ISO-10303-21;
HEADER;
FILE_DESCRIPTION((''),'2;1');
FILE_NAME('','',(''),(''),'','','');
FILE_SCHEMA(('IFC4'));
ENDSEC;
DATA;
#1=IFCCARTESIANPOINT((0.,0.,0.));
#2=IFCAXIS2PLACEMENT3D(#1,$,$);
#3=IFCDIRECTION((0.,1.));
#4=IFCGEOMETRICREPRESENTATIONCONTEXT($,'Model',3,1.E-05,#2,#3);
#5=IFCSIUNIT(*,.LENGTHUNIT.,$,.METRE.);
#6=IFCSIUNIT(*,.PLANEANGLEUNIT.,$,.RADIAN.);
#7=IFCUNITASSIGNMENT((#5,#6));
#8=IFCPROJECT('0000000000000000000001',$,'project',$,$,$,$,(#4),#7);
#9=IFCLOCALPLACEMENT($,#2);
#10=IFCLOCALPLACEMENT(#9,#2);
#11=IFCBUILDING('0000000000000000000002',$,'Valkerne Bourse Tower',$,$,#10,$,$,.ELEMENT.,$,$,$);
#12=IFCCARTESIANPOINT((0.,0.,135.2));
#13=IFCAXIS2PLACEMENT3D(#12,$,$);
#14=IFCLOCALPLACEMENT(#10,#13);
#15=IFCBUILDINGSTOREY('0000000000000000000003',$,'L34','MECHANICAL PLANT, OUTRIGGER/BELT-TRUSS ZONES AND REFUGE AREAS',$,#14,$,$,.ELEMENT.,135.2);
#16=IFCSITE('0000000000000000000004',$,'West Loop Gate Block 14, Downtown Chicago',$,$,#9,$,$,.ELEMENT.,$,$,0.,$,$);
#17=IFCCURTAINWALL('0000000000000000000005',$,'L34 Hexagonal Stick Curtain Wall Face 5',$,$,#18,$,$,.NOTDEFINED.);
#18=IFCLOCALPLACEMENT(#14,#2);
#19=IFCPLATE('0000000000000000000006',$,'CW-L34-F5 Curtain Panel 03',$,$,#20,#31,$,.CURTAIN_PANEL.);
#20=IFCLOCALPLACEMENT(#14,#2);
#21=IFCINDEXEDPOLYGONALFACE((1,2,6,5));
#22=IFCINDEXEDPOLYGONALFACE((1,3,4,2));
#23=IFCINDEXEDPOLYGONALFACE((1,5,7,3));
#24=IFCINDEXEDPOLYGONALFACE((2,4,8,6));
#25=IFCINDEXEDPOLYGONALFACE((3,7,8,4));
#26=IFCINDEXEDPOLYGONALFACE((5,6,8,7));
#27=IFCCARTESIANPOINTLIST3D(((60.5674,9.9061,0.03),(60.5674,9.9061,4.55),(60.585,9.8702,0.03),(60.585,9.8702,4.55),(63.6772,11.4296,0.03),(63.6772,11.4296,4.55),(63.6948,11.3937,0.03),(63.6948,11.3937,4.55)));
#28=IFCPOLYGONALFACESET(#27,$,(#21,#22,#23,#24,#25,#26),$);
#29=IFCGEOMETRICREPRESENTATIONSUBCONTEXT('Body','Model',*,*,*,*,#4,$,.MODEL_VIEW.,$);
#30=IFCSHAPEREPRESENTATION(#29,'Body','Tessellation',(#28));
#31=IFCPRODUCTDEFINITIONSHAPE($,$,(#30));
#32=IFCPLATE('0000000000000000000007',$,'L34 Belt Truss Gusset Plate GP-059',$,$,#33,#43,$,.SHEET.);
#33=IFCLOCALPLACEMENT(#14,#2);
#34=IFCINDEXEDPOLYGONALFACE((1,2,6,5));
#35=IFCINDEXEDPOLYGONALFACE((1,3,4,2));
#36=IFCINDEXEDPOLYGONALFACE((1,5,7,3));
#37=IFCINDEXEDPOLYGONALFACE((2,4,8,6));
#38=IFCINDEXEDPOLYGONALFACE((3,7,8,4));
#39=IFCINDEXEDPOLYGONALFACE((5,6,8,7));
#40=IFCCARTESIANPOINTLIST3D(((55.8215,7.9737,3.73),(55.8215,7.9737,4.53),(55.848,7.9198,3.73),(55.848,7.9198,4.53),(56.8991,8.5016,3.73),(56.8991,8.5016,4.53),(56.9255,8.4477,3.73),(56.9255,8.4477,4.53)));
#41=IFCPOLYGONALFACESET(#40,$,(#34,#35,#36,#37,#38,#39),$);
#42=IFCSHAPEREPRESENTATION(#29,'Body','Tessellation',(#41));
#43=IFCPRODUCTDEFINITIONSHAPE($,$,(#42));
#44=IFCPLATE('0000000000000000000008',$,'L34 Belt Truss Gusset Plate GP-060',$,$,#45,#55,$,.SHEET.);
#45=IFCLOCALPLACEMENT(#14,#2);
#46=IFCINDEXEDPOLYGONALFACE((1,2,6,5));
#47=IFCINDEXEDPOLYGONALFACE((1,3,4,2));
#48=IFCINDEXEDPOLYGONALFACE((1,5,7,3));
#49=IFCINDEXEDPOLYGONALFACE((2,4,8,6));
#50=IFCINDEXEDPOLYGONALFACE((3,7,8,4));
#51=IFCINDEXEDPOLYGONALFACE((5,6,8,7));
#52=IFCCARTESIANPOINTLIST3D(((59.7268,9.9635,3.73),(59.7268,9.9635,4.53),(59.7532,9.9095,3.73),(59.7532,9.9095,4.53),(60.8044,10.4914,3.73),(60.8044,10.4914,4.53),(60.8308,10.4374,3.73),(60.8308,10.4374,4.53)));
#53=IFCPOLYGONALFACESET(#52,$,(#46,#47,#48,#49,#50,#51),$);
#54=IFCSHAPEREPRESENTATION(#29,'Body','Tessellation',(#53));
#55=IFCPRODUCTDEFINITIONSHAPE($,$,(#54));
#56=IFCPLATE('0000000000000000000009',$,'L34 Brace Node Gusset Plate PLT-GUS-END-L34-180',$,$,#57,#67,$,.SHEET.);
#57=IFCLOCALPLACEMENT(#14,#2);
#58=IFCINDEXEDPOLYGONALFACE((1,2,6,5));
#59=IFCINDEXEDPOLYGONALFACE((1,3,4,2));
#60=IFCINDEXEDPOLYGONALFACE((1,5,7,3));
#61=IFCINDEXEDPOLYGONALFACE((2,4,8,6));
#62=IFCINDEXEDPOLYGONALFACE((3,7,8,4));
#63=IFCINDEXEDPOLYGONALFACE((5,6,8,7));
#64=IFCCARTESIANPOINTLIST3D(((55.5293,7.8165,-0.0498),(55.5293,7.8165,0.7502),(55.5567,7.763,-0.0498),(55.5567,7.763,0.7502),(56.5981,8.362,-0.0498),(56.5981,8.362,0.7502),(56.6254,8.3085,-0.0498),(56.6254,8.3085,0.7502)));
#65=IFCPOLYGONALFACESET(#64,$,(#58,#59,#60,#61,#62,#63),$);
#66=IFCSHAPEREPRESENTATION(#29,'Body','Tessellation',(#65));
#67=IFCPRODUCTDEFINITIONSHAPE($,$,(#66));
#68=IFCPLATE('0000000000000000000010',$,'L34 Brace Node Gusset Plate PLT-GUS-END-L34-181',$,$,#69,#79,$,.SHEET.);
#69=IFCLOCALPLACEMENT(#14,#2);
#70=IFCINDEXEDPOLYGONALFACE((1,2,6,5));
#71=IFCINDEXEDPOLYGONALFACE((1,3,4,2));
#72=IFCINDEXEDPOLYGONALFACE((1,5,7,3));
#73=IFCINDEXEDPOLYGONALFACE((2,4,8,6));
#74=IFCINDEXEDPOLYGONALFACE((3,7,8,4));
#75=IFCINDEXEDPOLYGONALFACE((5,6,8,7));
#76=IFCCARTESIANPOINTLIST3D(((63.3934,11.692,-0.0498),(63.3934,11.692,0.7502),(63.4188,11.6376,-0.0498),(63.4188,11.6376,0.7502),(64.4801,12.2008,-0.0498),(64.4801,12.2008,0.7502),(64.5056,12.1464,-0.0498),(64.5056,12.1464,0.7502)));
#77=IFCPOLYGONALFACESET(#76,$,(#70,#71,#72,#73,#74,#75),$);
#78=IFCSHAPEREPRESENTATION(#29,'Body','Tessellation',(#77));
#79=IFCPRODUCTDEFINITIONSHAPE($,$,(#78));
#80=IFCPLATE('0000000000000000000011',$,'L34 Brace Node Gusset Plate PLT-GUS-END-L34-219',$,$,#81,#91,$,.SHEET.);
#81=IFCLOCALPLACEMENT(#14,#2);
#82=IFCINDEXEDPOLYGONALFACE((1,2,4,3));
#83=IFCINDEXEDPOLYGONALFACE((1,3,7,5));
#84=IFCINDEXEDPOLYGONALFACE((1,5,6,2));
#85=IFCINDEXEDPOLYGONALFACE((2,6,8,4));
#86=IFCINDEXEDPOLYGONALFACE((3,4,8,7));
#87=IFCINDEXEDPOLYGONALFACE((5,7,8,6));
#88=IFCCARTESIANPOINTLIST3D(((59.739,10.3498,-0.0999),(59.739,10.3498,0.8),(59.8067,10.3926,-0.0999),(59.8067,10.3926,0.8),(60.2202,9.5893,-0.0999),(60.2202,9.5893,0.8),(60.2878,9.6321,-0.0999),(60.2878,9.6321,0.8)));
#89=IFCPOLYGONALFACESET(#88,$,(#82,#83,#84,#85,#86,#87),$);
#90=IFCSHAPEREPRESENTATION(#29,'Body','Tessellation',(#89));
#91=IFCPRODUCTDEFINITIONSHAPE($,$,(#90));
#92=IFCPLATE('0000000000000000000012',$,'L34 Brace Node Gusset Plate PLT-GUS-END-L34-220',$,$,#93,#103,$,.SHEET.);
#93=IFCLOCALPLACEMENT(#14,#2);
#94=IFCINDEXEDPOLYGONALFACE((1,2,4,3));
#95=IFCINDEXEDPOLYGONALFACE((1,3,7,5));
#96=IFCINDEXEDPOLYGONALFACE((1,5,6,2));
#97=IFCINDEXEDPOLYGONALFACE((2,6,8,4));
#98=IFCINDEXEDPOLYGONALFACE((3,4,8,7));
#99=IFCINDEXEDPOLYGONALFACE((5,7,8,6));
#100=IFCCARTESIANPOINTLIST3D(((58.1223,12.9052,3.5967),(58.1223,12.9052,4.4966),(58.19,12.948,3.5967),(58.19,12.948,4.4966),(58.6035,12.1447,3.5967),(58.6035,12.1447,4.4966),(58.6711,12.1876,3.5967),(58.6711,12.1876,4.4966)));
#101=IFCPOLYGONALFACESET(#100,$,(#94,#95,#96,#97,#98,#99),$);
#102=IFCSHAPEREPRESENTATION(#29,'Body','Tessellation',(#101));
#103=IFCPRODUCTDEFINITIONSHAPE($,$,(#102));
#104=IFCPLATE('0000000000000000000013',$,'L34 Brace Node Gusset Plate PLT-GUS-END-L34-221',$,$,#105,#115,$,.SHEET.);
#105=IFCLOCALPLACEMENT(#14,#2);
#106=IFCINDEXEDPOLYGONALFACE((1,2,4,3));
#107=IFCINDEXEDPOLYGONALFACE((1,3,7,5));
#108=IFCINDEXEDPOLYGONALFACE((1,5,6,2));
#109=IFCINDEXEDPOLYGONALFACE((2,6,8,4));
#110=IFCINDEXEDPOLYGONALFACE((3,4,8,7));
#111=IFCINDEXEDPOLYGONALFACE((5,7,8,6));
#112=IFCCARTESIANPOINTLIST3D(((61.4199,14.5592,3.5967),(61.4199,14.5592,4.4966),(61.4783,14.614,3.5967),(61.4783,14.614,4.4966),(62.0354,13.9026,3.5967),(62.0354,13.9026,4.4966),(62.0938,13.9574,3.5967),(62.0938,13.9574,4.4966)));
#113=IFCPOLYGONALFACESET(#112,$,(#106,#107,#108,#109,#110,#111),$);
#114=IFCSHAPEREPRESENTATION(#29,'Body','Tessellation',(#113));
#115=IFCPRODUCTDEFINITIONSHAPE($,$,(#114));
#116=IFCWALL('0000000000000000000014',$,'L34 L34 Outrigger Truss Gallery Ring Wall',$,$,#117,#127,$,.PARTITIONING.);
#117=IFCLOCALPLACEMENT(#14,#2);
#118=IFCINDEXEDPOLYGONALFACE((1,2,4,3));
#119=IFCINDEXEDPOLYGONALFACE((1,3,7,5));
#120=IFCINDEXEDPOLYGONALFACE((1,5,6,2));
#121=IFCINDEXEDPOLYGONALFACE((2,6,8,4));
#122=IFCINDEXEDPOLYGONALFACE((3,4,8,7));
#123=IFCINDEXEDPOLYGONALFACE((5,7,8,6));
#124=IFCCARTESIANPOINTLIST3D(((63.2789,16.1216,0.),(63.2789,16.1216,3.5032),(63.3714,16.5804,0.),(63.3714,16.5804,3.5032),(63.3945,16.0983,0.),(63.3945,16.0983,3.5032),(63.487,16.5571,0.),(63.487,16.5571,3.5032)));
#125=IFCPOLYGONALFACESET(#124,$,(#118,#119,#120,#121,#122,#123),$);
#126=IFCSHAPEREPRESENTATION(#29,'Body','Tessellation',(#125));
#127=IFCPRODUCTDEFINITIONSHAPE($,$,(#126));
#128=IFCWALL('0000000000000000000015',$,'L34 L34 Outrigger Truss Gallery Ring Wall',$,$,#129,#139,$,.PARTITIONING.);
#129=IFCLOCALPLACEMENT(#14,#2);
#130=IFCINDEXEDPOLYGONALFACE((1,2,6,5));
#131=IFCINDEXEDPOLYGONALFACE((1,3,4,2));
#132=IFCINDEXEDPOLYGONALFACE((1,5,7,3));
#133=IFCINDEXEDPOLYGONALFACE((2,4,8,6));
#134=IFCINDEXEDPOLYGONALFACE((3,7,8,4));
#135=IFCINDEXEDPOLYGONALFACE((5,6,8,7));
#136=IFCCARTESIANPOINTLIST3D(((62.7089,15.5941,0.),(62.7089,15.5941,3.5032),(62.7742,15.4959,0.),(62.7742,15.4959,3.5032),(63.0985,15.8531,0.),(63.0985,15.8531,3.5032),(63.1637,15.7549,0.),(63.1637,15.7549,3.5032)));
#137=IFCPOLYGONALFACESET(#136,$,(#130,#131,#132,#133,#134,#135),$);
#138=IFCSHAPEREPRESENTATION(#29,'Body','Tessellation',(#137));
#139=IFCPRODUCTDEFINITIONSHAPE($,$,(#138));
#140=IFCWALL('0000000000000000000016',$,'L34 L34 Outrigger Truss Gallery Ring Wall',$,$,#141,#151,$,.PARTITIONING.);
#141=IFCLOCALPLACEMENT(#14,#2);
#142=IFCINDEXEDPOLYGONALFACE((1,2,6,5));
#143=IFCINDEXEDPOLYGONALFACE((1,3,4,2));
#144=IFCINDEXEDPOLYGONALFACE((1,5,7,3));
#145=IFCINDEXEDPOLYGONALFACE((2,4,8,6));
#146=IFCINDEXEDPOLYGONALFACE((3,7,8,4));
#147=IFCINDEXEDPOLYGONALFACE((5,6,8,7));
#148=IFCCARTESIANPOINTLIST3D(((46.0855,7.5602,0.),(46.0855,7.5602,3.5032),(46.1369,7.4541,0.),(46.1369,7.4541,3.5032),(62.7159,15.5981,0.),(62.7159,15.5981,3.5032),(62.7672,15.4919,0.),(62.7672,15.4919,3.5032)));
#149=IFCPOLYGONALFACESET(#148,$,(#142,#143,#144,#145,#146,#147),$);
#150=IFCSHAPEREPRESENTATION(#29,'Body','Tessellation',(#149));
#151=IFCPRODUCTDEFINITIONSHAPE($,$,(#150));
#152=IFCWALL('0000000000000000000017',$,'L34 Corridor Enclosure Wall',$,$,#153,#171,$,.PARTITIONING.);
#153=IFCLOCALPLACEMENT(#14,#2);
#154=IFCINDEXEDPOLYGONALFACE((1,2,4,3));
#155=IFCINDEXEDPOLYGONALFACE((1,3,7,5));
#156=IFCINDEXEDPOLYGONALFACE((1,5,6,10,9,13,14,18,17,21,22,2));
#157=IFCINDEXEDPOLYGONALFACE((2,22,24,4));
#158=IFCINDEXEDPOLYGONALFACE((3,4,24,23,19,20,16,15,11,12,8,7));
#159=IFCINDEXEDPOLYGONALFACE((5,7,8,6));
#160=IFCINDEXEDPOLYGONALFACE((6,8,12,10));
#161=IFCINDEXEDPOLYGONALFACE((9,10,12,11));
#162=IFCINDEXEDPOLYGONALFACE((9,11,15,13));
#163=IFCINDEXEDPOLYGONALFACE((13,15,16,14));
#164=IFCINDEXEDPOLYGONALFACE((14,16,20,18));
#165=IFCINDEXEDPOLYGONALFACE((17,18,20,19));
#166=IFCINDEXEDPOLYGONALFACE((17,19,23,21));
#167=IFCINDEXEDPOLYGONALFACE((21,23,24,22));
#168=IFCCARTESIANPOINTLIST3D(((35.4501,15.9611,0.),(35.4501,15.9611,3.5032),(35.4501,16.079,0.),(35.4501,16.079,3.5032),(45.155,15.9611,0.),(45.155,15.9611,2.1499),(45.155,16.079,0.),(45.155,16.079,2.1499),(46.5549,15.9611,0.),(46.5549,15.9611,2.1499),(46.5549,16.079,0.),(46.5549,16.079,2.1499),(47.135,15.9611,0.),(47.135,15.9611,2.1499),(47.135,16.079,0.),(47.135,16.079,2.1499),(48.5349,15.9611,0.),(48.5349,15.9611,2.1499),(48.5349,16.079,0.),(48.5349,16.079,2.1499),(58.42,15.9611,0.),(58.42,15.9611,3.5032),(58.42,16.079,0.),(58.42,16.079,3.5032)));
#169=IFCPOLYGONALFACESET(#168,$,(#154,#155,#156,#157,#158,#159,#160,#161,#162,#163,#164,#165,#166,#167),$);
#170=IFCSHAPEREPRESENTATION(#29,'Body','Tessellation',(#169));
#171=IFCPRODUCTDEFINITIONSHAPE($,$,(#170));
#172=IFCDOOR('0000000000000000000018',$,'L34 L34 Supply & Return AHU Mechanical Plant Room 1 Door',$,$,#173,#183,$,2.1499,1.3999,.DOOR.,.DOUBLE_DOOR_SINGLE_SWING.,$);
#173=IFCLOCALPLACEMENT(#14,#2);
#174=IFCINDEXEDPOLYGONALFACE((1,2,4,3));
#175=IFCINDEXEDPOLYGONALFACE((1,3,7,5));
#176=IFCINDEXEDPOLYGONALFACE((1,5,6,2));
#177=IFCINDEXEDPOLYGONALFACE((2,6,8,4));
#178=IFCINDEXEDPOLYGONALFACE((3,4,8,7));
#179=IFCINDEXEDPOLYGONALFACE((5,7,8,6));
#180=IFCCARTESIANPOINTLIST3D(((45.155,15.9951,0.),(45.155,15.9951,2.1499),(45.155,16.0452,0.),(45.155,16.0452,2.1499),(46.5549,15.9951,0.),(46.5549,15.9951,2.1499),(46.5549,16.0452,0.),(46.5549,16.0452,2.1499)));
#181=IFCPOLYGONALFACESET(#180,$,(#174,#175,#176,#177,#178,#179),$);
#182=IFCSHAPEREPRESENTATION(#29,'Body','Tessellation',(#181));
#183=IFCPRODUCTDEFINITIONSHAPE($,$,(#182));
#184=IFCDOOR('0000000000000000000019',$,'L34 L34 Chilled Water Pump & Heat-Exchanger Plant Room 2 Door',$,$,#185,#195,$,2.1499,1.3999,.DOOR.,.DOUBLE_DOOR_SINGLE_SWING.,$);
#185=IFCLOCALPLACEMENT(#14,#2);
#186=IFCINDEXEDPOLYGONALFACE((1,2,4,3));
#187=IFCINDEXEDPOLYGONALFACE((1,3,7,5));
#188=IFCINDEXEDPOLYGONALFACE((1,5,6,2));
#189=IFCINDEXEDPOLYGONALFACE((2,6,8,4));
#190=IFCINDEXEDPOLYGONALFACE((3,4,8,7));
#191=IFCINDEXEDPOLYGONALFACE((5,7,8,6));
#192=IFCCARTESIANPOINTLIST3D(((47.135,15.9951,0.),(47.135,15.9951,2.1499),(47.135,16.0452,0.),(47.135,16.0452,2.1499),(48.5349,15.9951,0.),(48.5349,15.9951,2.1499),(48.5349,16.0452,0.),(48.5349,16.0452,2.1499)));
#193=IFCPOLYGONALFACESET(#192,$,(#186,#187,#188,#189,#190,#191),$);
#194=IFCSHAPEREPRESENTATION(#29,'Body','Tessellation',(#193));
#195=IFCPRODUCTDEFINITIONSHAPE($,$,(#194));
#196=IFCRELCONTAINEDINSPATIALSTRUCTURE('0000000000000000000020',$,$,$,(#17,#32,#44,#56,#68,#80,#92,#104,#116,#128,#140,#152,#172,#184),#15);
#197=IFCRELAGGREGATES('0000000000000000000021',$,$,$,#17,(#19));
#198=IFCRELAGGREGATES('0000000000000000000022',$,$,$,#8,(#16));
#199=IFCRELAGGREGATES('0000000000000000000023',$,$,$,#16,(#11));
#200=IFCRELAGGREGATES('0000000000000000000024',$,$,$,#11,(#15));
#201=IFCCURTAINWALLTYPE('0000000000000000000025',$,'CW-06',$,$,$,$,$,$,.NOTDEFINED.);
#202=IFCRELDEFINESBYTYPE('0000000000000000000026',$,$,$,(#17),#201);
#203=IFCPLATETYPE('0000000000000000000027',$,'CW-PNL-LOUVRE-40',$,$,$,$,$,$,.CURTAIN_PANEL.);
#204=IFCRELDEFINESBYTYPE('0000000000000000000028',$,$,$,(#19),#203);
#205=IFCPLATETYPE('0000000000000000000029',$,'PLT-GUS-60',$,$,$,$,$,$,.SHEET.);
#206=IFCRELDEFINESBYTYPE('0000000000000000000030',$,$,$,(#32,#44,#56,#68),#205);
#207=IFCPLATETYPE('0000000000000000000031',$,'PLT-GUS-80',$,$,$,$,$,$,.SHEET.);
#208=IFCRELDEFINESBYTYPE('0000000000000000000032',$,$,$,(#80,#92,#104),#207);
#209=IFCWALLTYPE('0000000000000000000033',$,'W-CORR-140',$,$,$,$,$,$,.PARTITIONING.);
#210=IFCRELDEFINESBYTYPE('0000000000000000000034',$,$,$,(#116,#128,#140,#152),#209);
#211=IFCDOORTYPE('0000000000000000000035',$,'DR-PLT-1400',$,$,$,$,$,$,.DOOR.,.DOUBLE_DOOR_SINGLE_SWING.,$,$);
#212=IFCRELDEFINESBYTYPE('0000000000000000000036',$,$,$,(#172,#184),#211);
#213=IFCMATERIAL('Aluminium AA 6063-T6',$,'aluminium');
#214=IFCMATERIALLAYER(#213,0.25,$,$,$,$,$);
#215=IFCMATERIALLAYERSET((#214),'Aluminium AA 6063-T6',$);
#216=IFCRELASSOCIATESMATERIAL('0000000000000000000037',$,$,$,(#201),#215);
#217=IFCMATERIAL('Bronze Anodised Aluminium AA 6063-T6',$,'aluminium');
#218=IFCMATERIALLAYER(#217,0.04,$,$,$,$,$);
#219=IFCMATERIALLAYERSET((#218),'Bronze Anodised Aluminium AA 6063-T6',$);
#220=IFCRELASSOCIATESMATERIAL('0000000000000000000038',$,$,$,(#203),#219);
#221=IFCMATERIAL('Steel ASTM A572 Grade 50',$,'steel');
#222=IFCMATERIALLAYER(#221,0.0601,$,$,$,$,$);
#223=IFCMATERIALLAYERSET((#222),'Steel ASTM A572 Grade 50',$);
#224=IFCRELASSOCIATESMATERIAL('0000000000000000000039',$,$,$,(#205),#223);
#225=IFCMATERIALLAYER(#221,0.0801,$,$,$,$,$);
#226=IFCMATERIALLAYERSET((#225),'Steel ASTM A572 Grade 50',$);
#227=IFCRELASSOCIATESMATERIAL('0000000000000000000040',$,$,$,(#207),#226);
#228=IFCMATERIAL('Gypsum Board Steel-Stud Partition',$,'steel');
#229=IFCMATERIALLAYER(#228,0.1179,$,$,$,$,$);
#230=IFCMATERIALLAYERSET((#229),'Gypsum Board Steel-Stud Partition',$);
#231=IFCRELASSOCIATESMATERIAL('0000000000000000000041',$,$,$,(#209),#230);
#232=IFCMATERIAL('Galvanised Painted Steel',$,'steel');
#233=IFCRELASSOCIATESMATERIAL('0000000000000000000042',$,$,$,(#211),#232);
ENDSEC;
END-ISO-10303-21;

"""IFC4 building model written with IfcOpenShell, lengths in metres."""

from ifc_helpers import new_model, si_unit, direction, frame, frame_2d, origin, origin_2d, place, context, subcontext, project, spatial, rectangle, extrude, material, layer, layer_set, type_object, element, fill, aggregate, save


model = new_model("IFC4")

# Units and contexts
model_context = context("Model", 3, precision=1e-05, world=origin(), true_north=direction((0.0, 1.0)))
body_context = subcontext(model_context, "Body", "Model", "MODEL_VIEW")
ifc_project = project(units=[si_unit("LENGTHUNIT", "METRE"), si_unit("PLANEANGLEUNIT", "RADIAN")], contexts=[model_context])

# Site, building, storey
site_placement = place(None, origin())
site = spatial("IfcSite", under=ifc_project, at=site_placement, Name="West Loop Gate Block 14, Downtown Chicago", CompositionType="ELEMENT", RefElevation=0.0)
building_placement = place(site_placement, origin())
building = spatial("IfcBuilding", under=site, at=building_placement, Name="Valkerne Bourse Tower", CompositionType="ELEMENT")
storey_placement = place(building_placement, frame((0.0, 0.0, 135.2)))
storey = spatial("IfcBuildingStorey", under=building, at=storey_placement, Name="L34", Description="MECHANICAL PLANT, OUTRIGGER/BELT-TRUSS ZONES AND REFUGE AREAS", CompositionType="ELEMENT", Elevation=135.2)

# Curtain wall
ifc_material_1 = material(Name="Aluminium AA 6063-T6", Category="aluminium")
ifc_layer_1 = layer(ifc_material_1, 0.25)
ifc_layer_set_1 = layer_set([ifc_layer_1], Name="Aluminium AA 6063-T6")
curtain_wall_type = type_object("IfcCurtainWallType", Name="CW-06", PredefinedType="NOTDEFINED", material=ifc_layer_set_1)
curtain_wall_1_placement = place(storey_placement, origin())
curtain_wall_1 = element("IfcCurtainWall", 1, at=curtain_wall_1_placement, inside=storey, type_object=curtain_wall_type, Name="L34 Hexagonal Stick Curtain Wall Face 5", PredefinedType="NOTDEFINED")

# Plate
ifc_material_2 = material(Name="Bronze Anodised Aluminium AA 6063-T6", Category="aluminium")
ifc_layer_2 = layer(ifc_material_2, 0.04)
ifc_layer_set_2 = layer_set([ifc_layer_2], Name="Bronze Anodised Aluminium AA 6063-T6")
plate_type_1 = type_object("IfcPlateType", Name="CW-PNL-LOUVRE-40", PredefinedType="CURTAIN_PANEL", material=ifc_layer_set_2)
plate_1_placement = place(storey_placement, frame((62.1311, 10.6499, 0.03), z_axis=(0.0, 0.0, 1.0), x_axis=(0.898021, 0.439953, 0.0)))
plate_1 = element("IfcPlate", 2, at=plate_1_placement, type_object=plate_type_1, Name="CW-L34-F5 Curtain Panel 03", PredefinedType="CURTAIN_PANEL", context=body_context, shape_type="SweptSolid", body=[
    extrude(rectangle(XDim=3.4629, YDim=0.04, at=origin_2d()), origin(), (0.0, 0.0, 1.0), 4.52),
])
aggregate(curtain_wall_1, [plate_1])

# Plates
ifc_material_3 = material(Name="Steel ASTM A572 Grade 50", Category="steel")
ifc_layer_3 = layer(ifc_material_3, 0.0601)
ifc_layer_set_3 = layer_set([ifc_layer_3], Name="Steel ASTM A572 Grade 50")
plate_type_2 = type_object("IfcPlateType", Name="PLT-GUS-60", PredefinedType="SHEET", material=ifc_layer_set_3)
for number, where, z_axis, x_axis, name in (
    (3, (56.3735, 8.2107, 3.73), (0.0, 0.0, 1.0), (0.898028, 0.439939, 0.0), "L34 Belt Truss Gusset Plate GP-059"),
    (4, (60.2788, 10.2004, 3.73), (0.0, 0.0, 1.0), (0.898028, 0.439939, 0.0), "L34 Belt Truss Gusset Plate GP-060"),
    (5, (56.0774, 8.0625, -0.0498), (0.0, 0.0, 1.0), (-0.890689, -0.454612, 0.0), "L34 Brace Node Gusset Plate PLT-GUS-END-L34-180"),
    (6, (63.9495, 11.9192, -0.0498), (0.0, 0.0, 1.0), (-0.905643, -0.424041, 0.0), "L34 Brace Node Gusset Plate PLT-GUS-END-L34-181"),
):
    element("IfcPlate", number, at=place(storey_placement, frame(where, z_axis=z_axis, x_axis=x_axis)), inside=storey, type_object=plate_type_2, Name=name, PredefinedType="SHEET", context=body_context, shape_type="SweptSolid", body=[
        extrude(rectangle(XDim=1.2, YDim=0.0601, at=origin_2d()), origin(), (0.0, 0.0, 1.0), 0.8),
    ])
ifc_layer_4 = layer(ifc_material_3, 0.0801)
ifc_layer_set_4 = layer_set([ifc_layer_4], Name="Steel ASTM A572 Grade 50")
plate_type_3 = type_object("IfcPlateType", Name="PLT-GUS-80", PredefinedType="SHEET", material=ifc_layer_set_4)
for number, where, z_axis, x_axis, name in (
    (7, (60.0134, 9.991, -0.0999), (0.0, 0.0, 1.0), (-0.534647, 0.845075, 0.0), "L34 Brace Node Gusset Plate PLT-GUS-END-L34-219"),
    (8, (58.3967, 12.5464, 3.5967), (0.0, 0.0, 1.0), (-0.534647, 0.845075, 0.0), "L34 Brace Node Gusset Plate PLT-GUS-END-L34-220"),
    (9, (61.7568, 14.2583, 3.5967), (0.0, 0.0, 1.0), (-0.683911, 0.729566, 0.0), "L34 Brace Node Gusset Plate PLT-GUS-END-L34-221"),
):
    element("IfcPlate", number, at=place(storey_placement, frame(where, z_axis=z_axis, x_axis=x_axis)), inside=storey, type_object=plate_type_3, Name=name, PredefinedType="SHEET", context=body_context, shape_type="SweptSolid", body=[
        extrude(rectangle(XDim=0.8999, YDim=0.0801, at=origin_2d()), origin(), (0.0, 0.0, 1.0), 0.8999),
    ])

# Walls
ifc_material_4 = material(Name="Gypsum Board Steel-Stud Partition", Category="steel")
ifc_layer_5 = layer(ifc_material_4, 0.1179)
ifc_layer_set_5 = layer_set([ifc_layer_5], Name="Gypsum Board Steel-Stud Partition")
wall_type_1 = type_object("IfcWallType", Name="W-CORR-140", PredefinedType="PARTITIONING", material=ifc_layer_set_5)
wall_1_placement = place(storey_placement, frame((63.4292, 16.5686, 0.0), z_axis=(0.0, 0.0, 1.0), x_axis=(-0.197721, -0.980258, 0.0)))
element("IfcWall", 10, at=wall_1_placement, inside=storey, type_object=wall_type_1, Name="L34 L34 Outrigger Truss Gallery Ring Wall", PredefinedType="PARTITIONING", context=body_context, shape_type="SweptSolid", body=[
    extrude(rectangle(XDim=0.468, YDim=0.1179, at=frame_2d((0.2339, 0.0))), origin(), (0.0, 0.0, 1.0), 3.5032),
])
wall_2_placement = place(storey_placement, frame((63.1311, 15.804, 0.0), z_axis=(0.0, 0.0, 1.0), x_axis=(-0.832772, -0.553616, 0.0)))
element("IfcWall", 11, at=wall_2_placement, inside=storey, type_object=wall_type_1, Name="L34 L34 Outrigger Truss Gallery Ring Wall", PredefinedType="PARTITIONING", context=body_context, shape_type="SweptSolid", body=[
    extrude(rectangle(XDim=0.4678, YDim=0.1179, at=frame_2d((0.2339, 0.0))), origin(), (0.0, 0.0, 1.0), 3.5032),
])
wall_3_placement = place(storey_placement, frame((62.7415, 15.5449, 0.0), z_axis=(0.0, 0.0, 1.0), x_axis=(-0.900353, -0.435161, 0.0)))
element("IfcWall", 12, at=wall_3_placement, inside=storey, type_object=wall_type_1, Name="L34 L34 Outrigger Truss Gallery Ring Wall", PredefinedType="PARTITIONING", context=body_context, shape_type="SweptSolid", body=[
    extrude(rectangle(XDim=18.4709, YDim=0.1179, at=frame_2d((9.2354, 0.0))), origin(), (0.0, 0.0, 1.0), 3.5032),
])

# Wall, openings, doors
wall_4_placement = place(storey_placement, frame((58.4199, 16.02, 0.0), z_axis=(0.0, 0.0, 1.0), x_axis=(-1.0, 0.0, 0.0)))
wall_4 = element("IfcWall", 13, at=wall_4_placement, inside=storey, type_object=wall_type_1, Name="L34 Corridor Enclosure Wall", PredefinedType="PARTITIONING", context=body_context, shape_type="SweptSolid", body=[
    extrude(rectangle(XDim=22.97, YDim=0.1179, at=frame_2d((11.4849, 0.0))), origin(), (0.0, 0.0, 1.0), 3.5032),
])
opening_1_placement = place(wall_4_placement, frame((11.865, 0.0, 0.0)))
opening_1 = element("IfcOpeningElement", 14, at=opening_1_placement, cuts=wall_4, PredefinedType="OPENING", context=body_context, shape_type="SweptSolid", body=[
    extrude(rectangle(XDim=1.3999, YDim=2.1499, at=frame_2d((0.7, 1.075))), frame((0.0, 0.0688, 0.0), z_axis=(0.0, -1.0, 0.0), x_axis=(1.0, 0.0, 0.0)), (0.0, 0.0, 1.0), 0.1379),
])
opening_2_placement = place(wall_4_placement, frame((9.885, 0.0, 0.0)))
opening_2 = element("IfcOpeningElement", 15, at=opening_2_placement, cuts=wall_4, PredefinedType="OPENING", context=body_context, shape_type="SweptSolid", body=[
    extrude(rectangle(XDim=1.3999, YDim=2.1499, at=frame_2d((0.7, 1.075))), frame((0.0, 0.0688, 0.0), z_axis=(0.0, -1.0, 0.0), x_axis=(1.0, 0.0, 0.0)), (0.0, 0.0, 1.0), 0.1379),
])
ifc_material_5 = material(Name="Galvanised Painted Steel", Category="steel")
door_type_1 = type_object("IfcDoorType", Name="DR-PLT-1400", OperationType="DOUBLE_DOOR_SINGLE_SWING", PredefinedType="DOOR", material=ifc_material_5)
door_1_placement = place(opening_1_placement, origin())
door_1 = element("IfcDoor", 16, at=door_1_placement, inside=storey, type_object=door_type_1, Name="L34 L34 Supply & Return AHU Mechanical Plant Room 1 Door", OperationType="DOUBLE_DOOR_SINGLE_SWING", OverallHeight=2.1499, OverallWidth=1.3999, PredefinedType="DOOR", context=body_context, shape_type="SweptSolid", body=[
    extrude(rectangle(XDim=1.3999, YDim=2.1499, at=frame_2d((0.7, 1.075))), frame((0.0, 0.0249, 0.0), z_axis=(0.0, -1.0, 0.0), x_axis=(1.0, 0.0, 0.0)), (0.0, 0.0, 1.0), 0.05),
])
fill(opening_1, door_1)
door_2_placement = place(opening_2_placement, origin())
door_2 = element("IfcDoor", 17, at=door_2_placement, inside=storey, type_object=door_type_1, Name="L34 L34 Chilled Water Pump & Heat-Exchanger Plant Room 2 Door", OperationType="DOUBLE_DOOR_SINGLE_SWING", OverallHeight=2.1499, OverallWidth=1.3999, PredefinedType="DOOR", context=body_context, shape_type="SweptSolid", body=[
    extrude(rectangle(XDim=1.3999, YDim=2.1499, at=frame_2d((0.7, 1.075))), frame((0.0, 0.0249, 0.0), z_axis=(0.0, -1.0, 0.0), x_axis=(1.0, 0.0, 0.0)), (0.0, 0.0, 1.0), 0.05),
])
fill(opening_2, door_2)

save(model, "model.ifc")
